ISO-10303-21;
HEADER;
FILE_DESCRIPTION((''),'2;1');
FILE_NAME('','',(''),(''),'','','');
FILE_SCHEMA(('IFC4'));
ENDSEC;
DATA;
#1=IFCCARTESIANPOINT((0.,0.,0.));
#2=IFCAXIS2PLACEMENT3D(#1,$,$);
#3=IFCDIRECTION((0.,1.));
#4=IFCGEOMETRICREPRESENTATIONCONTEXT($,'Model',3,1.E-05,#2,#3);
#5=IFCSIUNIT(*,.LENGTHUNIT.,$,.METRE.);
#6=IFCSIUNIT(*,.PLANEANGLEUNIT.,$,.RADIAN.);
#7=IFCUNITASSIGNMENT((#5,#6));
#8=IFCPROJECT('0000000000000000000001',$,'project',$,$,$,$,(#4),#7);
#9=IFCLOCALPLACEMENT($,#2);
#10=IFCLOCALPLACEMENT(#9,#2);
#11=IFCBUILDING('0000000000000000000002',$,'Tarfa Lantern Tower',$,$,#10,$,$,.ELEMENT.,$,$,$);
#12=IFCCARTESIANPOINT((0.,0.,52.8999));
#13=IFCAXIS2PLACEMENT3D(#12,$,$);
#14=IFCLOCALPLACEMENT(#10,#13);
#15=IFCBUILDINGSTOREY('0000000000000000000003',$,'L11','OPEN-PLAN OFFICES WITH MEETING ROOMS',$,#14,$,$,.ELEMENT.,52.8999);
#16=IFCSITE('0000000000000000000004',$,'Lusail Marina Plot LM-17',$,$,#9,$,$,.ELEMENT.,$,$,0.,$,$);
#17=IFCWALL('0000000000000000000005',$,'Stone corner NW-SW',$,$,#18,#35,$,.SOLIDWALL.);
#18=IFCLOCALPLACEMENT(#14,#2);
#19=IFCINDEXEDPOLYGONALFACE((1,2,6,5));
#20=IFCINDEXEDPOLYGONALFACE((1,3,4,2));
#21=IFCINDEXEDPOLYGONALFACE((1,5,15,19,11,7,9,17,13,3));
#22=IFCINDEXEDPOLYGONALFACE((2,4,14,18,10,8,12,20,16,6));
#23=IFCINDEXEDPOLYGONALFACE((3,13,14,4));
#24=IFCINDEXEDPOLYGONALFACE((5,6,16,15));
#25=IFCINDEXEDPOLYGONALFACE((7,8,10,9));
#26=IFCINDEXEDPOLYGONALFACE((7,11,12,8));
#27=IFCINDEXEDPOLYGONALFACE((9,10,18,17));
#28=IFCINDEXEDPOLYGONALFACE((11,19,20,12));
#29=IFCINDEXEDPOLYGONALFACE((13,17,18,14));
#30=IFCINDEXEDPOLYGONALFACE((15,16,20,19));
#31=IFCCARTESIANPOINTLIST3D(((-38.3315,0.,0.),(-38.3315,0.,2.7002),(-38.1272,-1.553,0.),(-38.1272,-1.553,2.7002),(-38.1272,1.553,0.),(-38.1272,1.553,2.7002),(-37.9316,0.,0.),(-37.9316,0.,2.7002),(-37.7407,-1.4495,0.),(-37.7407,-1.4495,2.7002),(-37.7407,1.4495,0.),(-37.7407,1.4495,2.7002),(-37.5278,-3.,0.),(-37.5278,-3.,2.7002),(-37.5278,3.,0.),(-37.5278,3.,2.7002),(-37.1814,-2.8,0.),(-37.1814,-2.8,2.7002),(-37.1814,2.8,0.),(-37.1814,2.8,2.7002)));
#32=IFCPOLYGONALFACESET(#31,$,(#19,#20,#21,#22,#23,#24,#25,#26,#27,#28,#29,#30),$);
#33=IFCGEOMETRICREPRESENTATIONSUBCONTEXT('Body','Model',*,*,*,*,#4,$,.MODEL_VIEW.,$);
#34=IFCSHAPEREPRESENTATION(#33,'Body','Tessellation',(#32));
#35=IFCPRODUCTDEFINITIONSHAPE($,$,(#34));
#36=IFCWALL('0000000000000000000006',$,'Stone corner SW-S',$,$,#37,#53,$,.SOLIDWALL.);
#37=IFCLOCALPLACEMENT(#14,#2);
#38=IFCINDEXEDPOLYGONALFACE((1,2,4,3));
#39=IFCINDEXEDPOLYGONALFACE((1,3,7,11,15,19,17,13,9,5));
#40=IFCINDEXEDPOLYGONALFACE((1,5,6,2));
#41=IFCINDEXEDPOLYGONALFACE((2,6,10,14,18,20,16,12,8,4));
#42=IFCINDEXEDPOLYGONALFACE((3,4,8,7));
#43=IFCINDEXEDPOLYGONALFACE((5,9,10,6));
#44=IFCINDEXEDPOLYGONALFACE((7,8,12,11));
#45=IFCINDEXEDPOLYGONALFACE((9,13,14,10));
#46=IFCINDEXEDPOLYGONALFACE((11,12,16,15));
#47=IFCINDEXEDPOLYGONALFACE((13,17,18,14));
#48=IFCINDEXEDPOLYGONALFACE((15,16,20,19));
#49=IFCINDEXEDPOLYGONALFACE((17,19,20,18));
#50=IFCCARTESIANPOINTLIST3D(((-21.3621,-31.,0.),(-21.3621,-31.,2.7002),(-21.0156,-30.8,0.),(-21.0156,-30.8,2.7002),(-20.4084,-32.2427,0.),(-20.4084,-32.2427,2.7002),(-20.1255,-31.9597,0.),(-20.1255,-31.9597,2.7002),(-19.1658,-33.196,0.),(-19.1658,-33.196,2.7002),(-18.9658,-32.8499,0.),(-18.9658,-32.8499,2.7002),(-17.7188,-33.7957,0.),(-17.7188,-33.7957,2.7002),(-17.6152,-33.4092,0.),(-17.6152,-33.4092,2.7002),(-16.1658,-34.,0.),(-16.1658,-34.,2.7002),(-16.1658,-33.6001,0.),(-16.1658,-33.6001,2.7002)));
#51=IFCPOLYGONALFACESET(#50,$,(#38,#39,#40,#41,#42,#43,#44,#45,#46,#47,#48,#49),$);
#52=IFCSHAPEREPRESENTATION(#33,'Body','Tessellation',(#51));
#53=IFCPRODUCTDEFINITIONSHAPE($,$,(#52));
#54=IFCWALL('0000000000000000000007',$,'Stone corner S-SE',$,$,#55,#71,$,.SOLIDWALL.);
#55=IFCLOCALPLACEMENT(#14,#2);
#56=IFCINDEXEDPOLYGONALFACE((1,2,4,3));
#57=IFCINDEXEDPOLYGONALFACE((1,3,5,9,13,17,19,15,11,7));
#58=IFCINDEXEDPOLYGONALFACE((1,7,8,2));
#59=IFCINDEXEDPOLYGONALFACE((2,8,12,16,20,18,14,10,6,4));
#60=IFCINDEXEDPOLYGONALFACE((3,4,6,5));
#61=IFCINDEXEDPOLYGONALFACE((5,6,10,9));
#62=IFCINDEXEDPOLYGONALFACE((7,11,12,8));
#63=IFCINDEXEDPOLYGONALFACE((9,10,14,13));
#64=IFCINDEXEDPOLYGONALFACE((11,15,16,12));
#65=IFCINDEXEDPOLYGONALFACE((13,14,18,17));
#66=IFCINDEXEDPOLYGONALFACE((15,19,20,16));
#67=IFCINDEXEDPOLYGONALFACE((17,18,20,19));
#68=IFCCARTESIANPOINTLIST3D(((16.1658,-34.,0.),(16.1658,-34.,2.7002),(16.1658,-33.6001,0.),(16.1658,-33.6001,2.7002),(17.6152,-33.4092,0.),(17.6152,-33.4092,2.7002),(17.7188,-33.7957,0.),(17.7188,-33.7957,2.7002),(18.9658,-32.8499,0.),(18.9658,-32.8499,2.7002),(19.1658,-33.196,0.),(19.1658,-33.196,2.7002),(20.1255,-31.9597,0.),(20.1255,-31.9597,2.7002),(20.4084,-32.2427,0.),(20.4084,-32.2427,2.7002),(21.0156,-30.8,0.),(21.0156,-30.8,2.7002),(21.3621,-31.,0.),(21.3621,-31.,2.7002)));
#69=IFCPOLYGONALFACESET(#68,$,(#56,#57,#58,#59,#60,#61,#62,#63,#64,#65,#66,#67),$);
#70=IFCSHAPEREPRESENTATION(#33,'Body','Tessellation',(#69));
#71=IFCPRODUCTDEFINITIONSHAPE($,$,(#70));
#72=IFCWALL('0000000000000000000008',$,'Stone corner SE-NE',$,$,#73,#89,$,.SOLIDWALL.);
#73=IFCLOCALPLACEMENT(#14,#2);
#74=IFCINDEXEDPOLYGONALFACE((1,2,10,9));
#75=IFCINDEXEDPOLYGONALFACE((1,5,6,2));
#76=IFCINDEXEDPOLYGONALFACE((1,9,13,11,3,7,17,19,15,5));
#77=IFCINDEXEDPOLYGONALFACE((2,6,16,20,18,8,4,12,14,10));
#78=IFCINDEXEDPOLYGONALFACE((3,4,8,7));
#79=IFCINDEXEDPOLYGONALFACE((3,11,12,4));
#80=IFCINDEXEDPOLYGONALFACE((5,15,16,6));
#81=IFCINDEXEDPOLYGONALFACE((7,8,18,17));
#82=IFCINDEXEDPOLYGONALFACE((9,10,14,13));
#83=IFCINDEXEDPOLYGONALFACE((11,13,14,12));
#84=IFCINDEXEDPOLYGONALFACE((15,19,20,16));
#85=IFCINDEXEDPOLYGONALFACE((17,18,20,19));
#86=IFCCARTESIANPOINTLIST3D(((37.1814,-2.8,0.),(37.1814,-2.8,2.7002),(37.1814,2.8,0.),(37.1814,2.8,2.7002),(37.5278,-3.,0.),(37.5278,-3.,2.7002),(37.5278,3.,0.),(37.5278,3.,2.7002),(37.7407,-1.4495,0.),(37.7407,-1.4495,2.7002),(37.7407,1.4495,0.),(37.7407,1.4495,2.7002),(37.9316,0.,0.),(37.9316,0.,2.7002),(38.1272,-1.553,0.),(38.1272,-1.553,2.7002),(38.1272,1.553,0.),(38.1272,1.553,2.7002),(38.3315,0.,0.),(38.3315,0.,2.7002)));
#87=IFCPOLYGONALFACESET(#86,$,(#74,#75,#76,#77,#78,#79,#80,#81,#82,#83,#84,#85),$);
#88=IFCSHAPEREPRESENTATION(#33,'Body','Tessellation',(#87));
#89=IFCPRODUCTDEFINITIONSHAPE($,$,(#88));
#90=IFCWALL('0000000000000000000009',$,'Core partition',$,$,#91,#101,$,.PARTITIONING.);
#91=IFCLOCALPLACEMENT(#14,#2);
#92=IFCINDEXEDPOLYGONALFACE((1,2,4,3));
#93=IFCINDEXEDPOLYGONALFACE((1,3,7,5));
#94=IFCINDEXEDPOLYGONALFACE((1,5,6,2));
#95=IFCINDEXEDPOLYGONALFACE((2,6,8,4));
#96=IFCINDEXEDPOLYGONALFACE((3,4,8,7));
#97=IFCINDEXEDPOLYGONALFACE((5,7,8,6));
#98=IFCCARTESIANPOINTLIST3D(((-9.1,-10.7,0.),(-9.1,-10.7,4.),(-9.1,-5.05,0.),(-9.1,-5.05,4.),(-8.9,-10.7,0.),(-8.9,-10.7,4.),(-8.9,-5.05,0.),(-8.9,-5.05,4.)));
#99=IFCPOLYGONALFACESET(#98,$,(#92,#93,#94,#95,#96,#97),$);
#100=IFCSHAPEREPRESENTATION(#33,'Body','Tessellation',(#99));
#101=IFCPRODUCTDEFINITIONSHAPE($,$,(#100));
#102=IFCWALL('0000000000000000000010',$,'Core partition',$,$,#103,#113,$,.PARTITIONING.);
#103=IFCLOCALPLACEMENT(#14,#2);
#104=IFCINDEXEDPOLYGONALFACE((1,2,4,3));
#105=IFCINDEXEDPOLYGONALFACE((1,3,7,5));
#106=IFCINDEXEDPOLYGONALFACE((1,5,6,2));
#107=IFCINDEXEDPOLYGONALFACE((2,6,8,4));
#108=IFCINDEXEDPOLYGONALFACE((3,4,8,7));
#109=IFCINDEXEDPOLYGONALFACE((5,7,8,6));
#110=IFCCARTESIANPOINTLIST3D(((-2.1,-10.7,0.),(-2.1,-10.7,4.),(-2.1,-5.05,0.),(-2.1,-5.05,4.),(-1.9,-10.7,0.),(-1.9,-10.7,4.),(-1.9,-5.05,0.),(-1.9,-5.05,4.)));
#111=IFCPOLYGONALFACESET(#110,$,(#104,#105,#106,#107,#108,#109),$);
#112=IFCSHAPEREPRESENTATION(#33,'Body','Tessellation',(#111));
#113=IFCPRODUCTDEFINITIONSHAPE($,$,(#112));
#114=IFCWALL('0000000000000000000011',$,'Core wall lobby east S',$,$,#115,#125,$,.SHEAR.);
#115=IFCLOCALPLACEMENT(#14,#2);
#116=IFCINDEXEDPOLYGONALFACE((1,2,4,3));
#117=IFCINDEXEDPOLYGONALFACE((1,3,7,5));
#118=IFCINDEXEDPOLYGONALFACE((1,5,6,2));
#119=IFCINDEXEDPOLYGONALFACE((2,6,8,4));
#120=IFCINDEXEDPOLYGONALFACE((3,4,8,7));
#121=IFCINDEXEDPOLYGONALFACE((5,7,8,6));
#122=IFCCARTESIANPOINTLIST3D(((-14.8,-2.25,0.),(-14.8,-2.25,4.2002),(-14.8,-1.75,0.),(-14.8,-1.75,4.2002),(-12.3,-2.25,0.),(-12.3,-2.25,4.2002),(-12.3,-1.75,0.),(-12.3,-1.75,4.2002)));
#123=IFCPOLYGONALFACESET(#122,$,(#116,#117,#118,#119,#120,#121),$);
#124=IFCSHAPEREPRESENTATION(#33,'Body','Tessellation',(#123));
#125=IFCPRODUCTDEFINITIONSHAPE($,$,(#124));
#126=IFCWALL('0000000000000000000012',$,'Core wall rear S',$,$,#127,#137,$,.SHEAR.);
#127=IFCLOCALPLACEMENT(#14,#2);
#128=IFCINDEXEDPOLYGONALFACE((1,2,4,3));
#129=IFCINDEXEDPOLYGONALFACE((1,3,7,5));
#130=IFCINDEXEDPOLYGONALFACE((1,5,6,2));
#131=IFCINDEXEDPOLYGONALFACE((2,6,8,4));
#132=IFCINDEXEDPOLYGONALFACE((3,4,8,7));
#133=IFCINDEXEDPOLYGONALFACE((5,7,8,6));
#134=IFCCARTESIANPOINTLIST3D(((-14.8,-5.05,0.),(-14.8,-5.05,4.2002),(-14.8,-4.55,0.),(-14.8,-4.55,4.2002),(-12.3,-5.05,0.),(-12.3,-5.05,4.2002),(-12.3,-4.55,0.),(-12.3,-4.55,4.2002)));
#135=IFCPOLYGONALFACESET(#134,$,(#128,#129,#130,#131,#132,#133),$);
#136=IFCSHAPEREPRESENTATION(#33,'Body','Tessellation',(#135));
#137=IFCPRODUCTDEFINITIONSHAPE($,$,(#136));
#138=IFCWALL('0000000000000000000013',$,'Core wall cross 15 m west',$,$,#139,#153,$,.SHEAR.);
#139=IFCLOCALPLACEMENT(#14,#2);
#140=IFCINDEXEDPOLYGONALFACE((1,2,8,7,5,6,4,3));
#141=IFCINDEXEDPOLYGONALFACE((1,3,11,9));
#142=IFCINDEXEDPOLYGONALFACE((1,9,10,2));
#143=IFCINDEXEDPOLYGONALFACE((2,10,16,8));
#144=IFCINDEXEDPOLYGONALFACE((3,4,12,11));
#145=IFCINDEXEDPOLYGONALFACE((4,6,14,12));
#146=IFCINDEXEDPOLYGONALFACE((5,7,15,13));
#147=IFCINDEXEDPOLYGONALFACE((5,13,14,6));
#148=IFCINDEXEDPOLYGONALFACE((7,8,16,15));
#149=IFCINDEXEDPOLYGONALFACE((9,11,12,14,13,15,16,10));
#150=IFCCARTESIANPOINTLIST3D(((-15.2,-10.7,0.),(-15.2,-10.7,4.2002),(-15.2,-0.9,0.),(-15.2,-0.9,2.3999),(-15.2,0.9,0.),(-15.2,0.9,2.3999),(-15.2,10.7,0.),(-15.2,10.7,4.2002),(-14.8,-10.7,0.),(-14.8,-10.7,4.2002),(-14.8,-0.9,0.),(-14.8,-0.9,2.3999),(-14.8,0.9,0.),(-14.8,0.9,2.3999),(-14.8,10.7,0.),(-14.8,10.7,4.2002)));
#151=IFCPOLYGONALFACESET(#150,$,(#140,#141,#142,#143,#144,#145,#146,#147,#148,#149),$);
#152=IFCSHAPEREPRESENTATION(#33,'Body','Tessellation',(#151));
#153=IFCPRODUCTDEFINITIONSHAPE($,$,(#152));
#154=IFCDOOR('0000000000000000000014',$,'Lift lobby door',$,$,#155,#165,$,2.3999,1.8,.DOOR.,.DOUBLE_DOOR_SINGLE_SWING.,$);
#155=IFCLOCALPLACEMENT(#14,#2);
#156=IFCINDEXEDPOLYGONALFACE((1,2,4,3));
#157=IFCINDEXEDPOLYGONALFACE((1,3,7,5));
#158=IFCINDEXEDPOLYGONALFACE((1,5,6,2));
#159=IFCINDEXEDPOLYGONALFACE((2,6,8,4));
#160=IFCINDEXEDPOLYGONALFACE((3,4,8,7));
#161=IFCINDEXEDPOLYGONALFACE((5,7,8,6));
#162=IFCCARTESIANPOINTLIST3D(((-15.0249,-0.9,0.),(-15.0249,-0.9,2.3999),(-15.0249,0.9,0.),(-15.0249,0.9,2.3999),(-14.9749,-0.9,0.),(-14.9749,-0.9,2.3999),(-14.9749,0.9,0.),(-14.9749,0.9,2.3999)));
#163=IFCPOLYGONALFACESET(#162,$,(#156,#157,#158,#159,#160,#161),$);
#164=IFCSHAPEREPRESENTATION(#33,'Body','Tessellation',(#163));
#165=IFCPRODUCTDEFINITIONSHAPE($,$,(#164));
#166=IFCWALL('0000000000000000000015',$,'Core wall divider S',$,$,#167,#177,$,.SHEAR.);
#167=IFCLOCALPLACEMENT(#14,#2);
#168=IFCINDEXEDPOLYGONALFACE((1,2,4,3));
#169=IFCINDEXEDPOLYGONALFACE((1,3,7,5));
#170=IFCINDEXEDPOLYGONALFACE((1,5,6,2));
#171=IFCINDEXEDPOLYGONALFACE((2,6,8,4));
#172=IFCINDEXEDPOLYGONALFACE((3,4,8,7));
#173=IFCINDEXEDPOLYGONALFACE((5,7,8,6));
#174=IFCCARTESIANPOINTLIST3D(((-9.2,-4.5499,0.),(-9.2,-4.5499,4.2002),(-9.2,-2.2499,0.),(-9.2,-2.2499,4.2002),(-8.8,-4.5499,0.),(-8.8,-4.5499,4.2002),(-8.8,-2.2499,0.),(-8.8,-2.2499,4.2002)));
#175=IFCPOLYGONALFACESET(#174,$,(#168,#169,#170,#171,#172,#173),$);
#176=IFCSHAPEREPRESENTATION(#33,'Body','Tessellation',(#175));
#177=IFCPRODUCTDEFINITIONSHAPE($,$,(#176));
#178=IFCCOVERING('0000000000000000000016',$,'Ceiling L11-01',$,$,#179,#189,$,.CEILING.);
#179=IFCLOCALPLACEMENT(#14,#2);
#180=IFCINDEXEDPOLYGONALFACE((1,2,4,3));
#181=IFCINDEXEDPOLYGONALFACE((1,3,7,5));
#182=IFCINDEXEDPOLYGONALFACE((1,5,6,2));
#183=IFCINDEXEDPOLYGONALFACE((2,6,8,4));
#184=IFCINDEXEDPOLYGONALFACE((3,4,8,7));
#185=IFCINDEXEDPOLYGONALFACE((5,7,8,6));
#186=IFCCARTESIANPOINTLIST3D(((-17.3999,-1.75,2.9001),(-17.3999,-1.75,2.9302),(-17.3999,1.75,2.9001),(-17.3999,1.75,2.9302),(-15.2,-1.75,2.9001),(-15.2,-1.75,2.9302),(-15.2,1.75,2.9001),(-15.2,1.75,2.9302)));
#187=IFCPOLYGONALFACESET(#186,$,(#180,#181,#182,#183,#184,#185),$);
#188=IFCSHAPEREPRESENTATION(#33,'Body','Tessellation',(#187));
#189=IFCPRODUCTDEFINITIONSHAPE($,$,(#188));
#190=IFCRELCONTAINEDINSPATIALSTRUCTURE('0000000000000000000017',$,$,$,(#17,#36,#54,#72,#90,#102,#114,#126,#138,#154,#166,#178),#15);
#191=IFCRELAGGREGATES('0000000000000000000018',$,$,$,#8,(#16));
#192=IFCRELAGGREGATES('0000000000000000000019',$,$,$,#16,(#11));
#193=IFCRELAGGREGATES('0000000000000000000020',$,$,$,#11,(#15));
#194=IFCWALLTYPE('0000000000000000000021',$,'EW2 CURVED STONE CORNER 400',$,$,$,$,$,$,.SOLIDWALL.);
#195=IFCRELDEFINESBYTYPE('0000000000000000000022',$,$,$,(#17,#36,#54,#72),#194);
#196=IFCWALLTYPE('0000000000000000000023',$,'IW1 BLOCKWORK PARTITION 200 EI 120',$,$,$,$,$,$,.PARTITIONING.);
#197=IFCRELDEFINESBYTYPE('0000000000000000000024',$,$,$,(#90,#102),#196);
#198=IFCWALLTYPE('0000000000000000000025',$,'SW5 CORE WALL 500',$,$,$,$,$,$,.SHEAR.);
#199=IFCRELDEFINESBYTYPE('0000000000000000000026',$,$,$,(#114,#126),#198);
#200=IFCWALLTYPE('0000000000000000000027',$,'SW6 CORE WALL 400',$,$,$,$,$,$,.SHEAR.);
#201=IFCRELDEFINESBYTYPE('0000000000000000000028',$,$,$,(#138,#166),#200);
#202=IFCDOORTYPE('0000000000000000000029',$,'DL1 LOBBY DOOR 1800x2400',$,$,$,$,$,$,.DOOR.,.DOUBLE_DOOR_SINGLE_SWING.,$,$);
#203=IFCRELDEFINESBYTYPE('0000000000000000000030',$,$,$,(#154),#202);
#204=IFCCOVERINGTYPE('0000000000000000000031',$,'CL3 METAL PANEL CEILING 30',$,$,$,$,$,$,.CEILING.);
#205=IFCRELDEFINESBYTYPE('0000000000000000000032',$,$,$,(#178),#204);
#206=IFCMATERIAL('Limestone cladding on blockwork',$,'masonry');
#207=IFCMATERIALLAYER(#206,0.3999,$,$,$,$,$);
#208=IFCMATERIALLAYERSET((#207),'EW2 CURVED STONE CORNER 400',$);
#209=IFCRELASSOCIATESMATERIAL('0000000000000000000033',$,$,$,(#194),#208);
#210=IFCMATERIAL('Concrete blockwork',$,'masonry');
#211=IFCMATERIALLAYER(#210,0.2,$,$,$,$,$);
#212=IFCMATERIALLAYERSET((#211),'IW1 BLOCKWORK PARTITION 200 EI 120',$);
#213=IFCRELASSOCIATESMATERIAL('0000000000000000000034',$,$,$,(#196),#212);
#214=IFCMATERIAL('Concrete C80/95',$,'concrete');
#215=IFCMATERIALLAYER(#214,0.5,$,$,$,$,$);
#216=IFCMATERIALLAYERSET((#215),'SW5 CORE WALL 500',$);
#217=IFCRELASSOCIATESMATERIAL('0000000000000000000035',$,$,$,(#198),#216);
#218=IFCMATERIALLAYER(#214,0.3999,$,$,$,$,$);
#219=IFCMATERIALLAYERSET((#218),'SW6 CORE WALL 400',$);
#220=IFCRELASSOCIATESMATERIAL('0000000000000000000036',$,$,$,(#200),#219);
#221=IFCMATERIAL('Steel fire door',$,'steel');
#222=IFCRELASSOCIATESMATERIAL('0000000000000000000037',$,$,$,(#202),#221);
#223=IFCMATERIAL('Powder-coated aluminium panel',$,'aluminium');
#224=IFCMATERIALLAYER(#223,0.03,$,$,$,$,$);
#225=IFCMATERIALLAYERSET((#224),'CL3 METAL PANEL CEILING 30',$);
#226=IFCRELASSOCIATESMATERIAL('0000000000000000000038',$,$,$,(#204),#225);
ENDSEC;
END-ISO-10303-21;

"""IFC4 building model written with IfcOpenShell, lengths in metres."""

from ifc_helpers import new_model, si_unit, direction, frame, frame_2d, origin, place, context, subcontext, project, spatial, polyline, rectangle, outline, extrude, material, layer, layer_set, type_object, element, fill, save


model = new_model("IFC4")

# Units and contexts
model_context = context("Model", 3, precision=1e-05, world=origin(), true_north=direction((0.0, 1.0)))
body_context = subcontext(model_context, "Body", "Model", "MODEL_VIEW")
ifc_project = project(units=[si_unit("LENGTHUNIT", "METRE"), si_unit("PLANEANGLEUNIT", "RADIAN")], contexts=[model_context])

# Site, building, storey
site_placement = place(None, origin())
site = spatial("IfcSite", under=ifc_project, at=site_placement, Name="Lusail Marina Plot LM-17", CompositionType="ELEMENT", RefElevation=0.0)
building_placement = place(site_placement, origin())
building = spatial("IfcBuilding", under=site, at=building_placement, Name="Tarfa Lantern Tower", CompositionType="ELEMENT")
storey_placement = place(building_placement, frame((0.0, 0.0, 52.8999)))
storey = spatial("IfcBuildingStorey", under=building, at=storey_placement, Name="L11", Description="OPEN-PLAN OFFICES WITH MEETING ROOMS", CompositionType="ELEMENT", Elevation=52.8999)

# Walls
ifc_material_1 = material(Name="Limestone cladding on blockwork", Category="masonry")
ifc_layer_1 = layer(ifc_material_1, 0.3999)
ifc_layer_set_1 = layer_set([ifc_layer_1], Name="EW2 CURVED STONE CORNER 400")
wall_type_1 = type_object("IfcWallType", Name="EW2 CURVED STONE CORNER 400", PredefinedType="SOLIDWALL", material=ifc_layer_set_1)
wall_1_placement = place(storey_placement, origin())
element("IfcWall", 1, at=wall_1_placement, inside=storey, type_object=wall_type_1, Name="Stone corner NW-SW", PredefinedType="SOLIDWALL", context=body_context, shape_type="SweptSolid", body=[
    extrude(outline(polyline([(-37.5278, 3.0), (-38.1272, 1.553), (-38.3315, 0.0), (-38.1272, -1.553), (-37.5278, -3.0), (-37.1814, -2.8), (-37.7407, -1.4495), (-37.9316, 0.0), (-37.7407, 1.4495), (-37.1814, 2.8), (-37.5278, 3.0)])), origin(), (0.0, 0.0, 1.0), 2.7002),
])
wall_2_placement = place(storey_placement, origin())
element("IfcWall", 2, at=wall_2_placement, inside=storey, type_object=wall_type_1, Name="Stone corner SW-S", PredefinedType="SOLIDWALL", context=body_context, shape_type="SweptSolid", body=[
    extrude(outline(polyline([(-21.3621, -31.0), (-20.4084, -32.2427), (-19.1658, -33.196), (-17.7188, -33.7957), (-16.1658, -34.0), (-16.1658, -33.6001), (-17.6152, -33.4092), (-18.9658, -32.8499), (-20.1255, -31.9597), (-21.0156, -30.8), (-21.3621, -31.0)])), origin(), (0.0, 0.0, 1.0), 2.7002),
])
wall_3_placement = place(storey_placement, origin())
element("IfcWall", 3, at=wall_3_placement, inside=storey, type_object=wall_type_1, Name="Stone corner S-SE", PredefinedType="SOLIDWALL", context=body_context, shape_type="SweptSolid", body=[
    extrude(outline(polyline([(16.1658, -34.0), (17.7188, -33.7957), (19.1658, -33.196), (20.4084, -32.2427), (21.3621, -31.0), (21.0156, -30.8), (20.1255, -31.9597), (18.9658, -32.8499), (17.6152, -33.4092), (16.1658, -33.6001), (16.1658, -34.0)])), origin(), (0.0, 0.0, 1.0), 2.7002),
])
wall_4_placement = place(storey_placement, origin())
element("IfcWall", 4, at=wall_4_placement, inside=storey, type_object=wall_type_1, Name="Stone corner SE-NE", PredefinedType="SOLIDWALL", context=body_context, shape_type="SweptSolid", body=[
    extrude(outline(polyline([(37.5278, -3.0), (38.1272, -1.553), (38.3315, 0.0), (38.1272, 1.553), (37.5278, 3.0), (37.1814, 2.8), (37.7407, 1.4495), (37.9316, 0.0), (37.7407, -1.4495), (37.1814, -2.8), (37.5278, -3.0)])), origin(), (0.0, 0.0, 1.0), 2.7002),
])
ifc_material_2 = material(Name="Concrete blockwork", Category="masonry")
ifc_layer_2 = layer(ifc_material_2, 0.2)
ifc_layer_set_2 = layer_set([ifc_layer_2], Name="IW1 BLOCKWORK PARTITION 200 EI 120")
wall_type_2 = type_object("IfcWallType", Name="IW1 BLOCKWORK PARTITION 200 EI 120", PredefinedType="PARTITIONING", material=ifc_layer_set_2)
for number, where, z_axis, x_axis, name in (
    (5, (-9.0, -5.05, 0.0), (0.0, 0.0, 1.0), (0.0, -1.0, 0.0), "Core partition"),
    (6, (-2.0, -5.05, 0.0), (0.0, 0.0, 1.0), (0.0, -1.0, 0.0), "Core partition"),
):
    element("IfcWall", number, at=place(storey_placement, frame(where, z_axis=z_axis, x_axis=x_axis)), inside=storey, type_object=wall_type_2, Name=name, PredefinedType="PARTITIONING", context=body_context, shape_type="SweptSolid", body=[
        extrude(rectangle(XDim=5.6499, YDim=0.2, at=frame_2d((2.825, 0.0))), origin(), (0.0, 0.0, 1.0), 4.0),
    ])
ifc_material_3 = material(Name="Concrete C80/95", Category="concrete")
ifc_layer_3 = layer(ifc_material_3, 0.5)
ifc_layer_set_3 = layer_set([ifc_layer_3], Name="SW5 CORE WALL 500")
wall_type_3 = type_object("IfcWallType", Name="SW5 CORE WALL 500", PredefinedType="SHEAR", material=ifc_layer_set_3)
for number, where, z_axis, x_axis, name in (
    (7, (-12.3, -2.0, 0.0), (0.0, 0.0, 1.0), (-1.0, 0.0, 0.0), "Core wall lobby east S"),
    (8, (-12.3, -4.8, 0.0), (0.0, 0.0, 1.0), (-1.0, 0.0, 0.0), "Core wall rear S"),
):
    element("IfcWall", number, at=place(storey_placement, frame(where, z_axis=z_axis, x_axis=x_axis)), inside=storey, type_object=wall_type_3, Name=name, PredefinedType="SHEAR", context=body_context, shape_type="SweptSolid", body=[
        extrude(rectangle(XDim=2.5, YDim=0.5, at=frame_2d((1.25, 0.0))), origin(), (0.0, 0.0, 1.0), 4.2002),
    ])

# Wall, opening, door
ifc_layer_4 = layer(ifc_material_3, 0.3999)
ifc_layer_set_4 = layer_set([ifc_layer_4], Name="SW6 CORE WALL 400")
wall_type_4 = type_object("IfcWallType", Name="SW6 CORE WALL 400", PredefinedType="SHEAR", material=ifc_layer_set_4)
wall_5_placement = place(storey_placement, frame((-15.0, -10.7, 0.0), z_axis=(0.0, 0.0, 1.0), x_axis=(0.0, 1.0, 0.0)))
wall_5 = element("IfcWall", 9, at=wall_5_placement, inside=storey, type_object=wall_type_4, Name="Core wall cross 15 m west", PredefinedType="SHEAR", context=body_context, shape_type="SweptSolid", body=[
    extrude(rectangle(XDim=21.3999, YDim=0.3999, at=frame_2d((10.7, 0.0))), origin(), (0.0, 0.0, 1.0), 4.2002),
])
opening_1_placement = place(wall_5_placement, frame((9.8, 0.0, 0.0)))
opening_1 = element("IfcOpeningElement", 10, at=opening_1_placement, cuts=wall_5, PredefinedType="OPENING", context=body_context, shape_type="SweptSolid", body=[
    extrude(rectangle(XDim=1.8, YDim=2.3999, at=frame_2d((0.8999, 1.2))), frame((0.0, 0.21, 0.0), z_axis=(0.0, -1.0, 0.0), x_axis=(1.0, 0.0, 0.0)), (0.0, 0.0, 1.0), 0.4199),
])
ifc_material_4 = material(Name="Steel fire door", Category="steel")
door_type = type_object("IfcDoorType", Name="DL1 LOBBY DOOR 1800x2400", OperationType="DOUBLE_DOOR_SINGLE_SWING", PredefinedType="DOOR", material=ifc_material_4)
door_1_placement = place(opening_1_placement, origin())
door_1 = element("IfcDoor", 11, at=door_1_placement, inside=storey, type_object=door_type, Name="Lift lobby door", OperationType="DOUBLE_DOOR_SINGLE_SWING", OverallHeight=2.3999, OverallWidth=1.8, PredefinedType="DOOR", context=body_context, shape_type="SweptSolid", body=[
    extrude(rectangle(XDim=1.8, YDim=2.3999, at=frame_2d((0.8999, 1.2))), frame((0.0, 0.0249, 0.0), z_axis=(0.0, -1.0, 0.0), x_axis=(1.0, 0.0, 0.0)), (0.0, 0.0, 1.0), 0.05),
])
fill(opening_1, door_1)

# Wall
wall_6_placement = place(storey_placement, frame((-9.0, -2.25, 0.0), z_axis=(0.0, 0.0, 1.0), x_axis=(0.0, -1.0, 0.0)))
element("IfcWall", 12, at=wall_6_placement, inside=storey, type_object=wall_type_4, Name="Core wall divider S", PredefinedType="SHEAR", context=body_context, shape_type="SweptSolid", body=[
    extrude(rectangle(XDim=2.3, YDim=0.3999, at=frame_2d((1.1499, 0.0))), origin(), (0.0, 0.0, 1.0), 4.2002),
])

# Covering
ifc_material_5 = material(Name="Powder-coated aluminium panel", Category="aluminium")
ifc_layer_5 = layer(ifc_material_5, 0.03)
ifc_layer_set_5 = layer_set([ifc_layer_5], Name="CL3 METAL PANEL CEILING 30")
covering_type = type_object("IfcCoveringType", Name="CL3 METAL PANEL CEILING 30", PredefinedType="CEILING", material=ifc_layer_set_5)
covering_placement = place(storey_placement, frame((0.0, 0.0, 2.9001)))
element("IfcCovering", 13, at=covering_placement, inside=storey, type_object=covering_type, Name="Ceiling L11-01", PredefinedType="CEILING", context=body_context, shape_type="SweptSolid", body=[
    extrude(outline(polyline([(-17.3999, -1.75), (-15.2, -1.75), (-15.2, 1.75), (-17.3999, 1.75), (-17.3999, -1.75)])), origin(), (0.0, 0.0, 1.0), 0.03),
])

save(model, "model.ifc")
